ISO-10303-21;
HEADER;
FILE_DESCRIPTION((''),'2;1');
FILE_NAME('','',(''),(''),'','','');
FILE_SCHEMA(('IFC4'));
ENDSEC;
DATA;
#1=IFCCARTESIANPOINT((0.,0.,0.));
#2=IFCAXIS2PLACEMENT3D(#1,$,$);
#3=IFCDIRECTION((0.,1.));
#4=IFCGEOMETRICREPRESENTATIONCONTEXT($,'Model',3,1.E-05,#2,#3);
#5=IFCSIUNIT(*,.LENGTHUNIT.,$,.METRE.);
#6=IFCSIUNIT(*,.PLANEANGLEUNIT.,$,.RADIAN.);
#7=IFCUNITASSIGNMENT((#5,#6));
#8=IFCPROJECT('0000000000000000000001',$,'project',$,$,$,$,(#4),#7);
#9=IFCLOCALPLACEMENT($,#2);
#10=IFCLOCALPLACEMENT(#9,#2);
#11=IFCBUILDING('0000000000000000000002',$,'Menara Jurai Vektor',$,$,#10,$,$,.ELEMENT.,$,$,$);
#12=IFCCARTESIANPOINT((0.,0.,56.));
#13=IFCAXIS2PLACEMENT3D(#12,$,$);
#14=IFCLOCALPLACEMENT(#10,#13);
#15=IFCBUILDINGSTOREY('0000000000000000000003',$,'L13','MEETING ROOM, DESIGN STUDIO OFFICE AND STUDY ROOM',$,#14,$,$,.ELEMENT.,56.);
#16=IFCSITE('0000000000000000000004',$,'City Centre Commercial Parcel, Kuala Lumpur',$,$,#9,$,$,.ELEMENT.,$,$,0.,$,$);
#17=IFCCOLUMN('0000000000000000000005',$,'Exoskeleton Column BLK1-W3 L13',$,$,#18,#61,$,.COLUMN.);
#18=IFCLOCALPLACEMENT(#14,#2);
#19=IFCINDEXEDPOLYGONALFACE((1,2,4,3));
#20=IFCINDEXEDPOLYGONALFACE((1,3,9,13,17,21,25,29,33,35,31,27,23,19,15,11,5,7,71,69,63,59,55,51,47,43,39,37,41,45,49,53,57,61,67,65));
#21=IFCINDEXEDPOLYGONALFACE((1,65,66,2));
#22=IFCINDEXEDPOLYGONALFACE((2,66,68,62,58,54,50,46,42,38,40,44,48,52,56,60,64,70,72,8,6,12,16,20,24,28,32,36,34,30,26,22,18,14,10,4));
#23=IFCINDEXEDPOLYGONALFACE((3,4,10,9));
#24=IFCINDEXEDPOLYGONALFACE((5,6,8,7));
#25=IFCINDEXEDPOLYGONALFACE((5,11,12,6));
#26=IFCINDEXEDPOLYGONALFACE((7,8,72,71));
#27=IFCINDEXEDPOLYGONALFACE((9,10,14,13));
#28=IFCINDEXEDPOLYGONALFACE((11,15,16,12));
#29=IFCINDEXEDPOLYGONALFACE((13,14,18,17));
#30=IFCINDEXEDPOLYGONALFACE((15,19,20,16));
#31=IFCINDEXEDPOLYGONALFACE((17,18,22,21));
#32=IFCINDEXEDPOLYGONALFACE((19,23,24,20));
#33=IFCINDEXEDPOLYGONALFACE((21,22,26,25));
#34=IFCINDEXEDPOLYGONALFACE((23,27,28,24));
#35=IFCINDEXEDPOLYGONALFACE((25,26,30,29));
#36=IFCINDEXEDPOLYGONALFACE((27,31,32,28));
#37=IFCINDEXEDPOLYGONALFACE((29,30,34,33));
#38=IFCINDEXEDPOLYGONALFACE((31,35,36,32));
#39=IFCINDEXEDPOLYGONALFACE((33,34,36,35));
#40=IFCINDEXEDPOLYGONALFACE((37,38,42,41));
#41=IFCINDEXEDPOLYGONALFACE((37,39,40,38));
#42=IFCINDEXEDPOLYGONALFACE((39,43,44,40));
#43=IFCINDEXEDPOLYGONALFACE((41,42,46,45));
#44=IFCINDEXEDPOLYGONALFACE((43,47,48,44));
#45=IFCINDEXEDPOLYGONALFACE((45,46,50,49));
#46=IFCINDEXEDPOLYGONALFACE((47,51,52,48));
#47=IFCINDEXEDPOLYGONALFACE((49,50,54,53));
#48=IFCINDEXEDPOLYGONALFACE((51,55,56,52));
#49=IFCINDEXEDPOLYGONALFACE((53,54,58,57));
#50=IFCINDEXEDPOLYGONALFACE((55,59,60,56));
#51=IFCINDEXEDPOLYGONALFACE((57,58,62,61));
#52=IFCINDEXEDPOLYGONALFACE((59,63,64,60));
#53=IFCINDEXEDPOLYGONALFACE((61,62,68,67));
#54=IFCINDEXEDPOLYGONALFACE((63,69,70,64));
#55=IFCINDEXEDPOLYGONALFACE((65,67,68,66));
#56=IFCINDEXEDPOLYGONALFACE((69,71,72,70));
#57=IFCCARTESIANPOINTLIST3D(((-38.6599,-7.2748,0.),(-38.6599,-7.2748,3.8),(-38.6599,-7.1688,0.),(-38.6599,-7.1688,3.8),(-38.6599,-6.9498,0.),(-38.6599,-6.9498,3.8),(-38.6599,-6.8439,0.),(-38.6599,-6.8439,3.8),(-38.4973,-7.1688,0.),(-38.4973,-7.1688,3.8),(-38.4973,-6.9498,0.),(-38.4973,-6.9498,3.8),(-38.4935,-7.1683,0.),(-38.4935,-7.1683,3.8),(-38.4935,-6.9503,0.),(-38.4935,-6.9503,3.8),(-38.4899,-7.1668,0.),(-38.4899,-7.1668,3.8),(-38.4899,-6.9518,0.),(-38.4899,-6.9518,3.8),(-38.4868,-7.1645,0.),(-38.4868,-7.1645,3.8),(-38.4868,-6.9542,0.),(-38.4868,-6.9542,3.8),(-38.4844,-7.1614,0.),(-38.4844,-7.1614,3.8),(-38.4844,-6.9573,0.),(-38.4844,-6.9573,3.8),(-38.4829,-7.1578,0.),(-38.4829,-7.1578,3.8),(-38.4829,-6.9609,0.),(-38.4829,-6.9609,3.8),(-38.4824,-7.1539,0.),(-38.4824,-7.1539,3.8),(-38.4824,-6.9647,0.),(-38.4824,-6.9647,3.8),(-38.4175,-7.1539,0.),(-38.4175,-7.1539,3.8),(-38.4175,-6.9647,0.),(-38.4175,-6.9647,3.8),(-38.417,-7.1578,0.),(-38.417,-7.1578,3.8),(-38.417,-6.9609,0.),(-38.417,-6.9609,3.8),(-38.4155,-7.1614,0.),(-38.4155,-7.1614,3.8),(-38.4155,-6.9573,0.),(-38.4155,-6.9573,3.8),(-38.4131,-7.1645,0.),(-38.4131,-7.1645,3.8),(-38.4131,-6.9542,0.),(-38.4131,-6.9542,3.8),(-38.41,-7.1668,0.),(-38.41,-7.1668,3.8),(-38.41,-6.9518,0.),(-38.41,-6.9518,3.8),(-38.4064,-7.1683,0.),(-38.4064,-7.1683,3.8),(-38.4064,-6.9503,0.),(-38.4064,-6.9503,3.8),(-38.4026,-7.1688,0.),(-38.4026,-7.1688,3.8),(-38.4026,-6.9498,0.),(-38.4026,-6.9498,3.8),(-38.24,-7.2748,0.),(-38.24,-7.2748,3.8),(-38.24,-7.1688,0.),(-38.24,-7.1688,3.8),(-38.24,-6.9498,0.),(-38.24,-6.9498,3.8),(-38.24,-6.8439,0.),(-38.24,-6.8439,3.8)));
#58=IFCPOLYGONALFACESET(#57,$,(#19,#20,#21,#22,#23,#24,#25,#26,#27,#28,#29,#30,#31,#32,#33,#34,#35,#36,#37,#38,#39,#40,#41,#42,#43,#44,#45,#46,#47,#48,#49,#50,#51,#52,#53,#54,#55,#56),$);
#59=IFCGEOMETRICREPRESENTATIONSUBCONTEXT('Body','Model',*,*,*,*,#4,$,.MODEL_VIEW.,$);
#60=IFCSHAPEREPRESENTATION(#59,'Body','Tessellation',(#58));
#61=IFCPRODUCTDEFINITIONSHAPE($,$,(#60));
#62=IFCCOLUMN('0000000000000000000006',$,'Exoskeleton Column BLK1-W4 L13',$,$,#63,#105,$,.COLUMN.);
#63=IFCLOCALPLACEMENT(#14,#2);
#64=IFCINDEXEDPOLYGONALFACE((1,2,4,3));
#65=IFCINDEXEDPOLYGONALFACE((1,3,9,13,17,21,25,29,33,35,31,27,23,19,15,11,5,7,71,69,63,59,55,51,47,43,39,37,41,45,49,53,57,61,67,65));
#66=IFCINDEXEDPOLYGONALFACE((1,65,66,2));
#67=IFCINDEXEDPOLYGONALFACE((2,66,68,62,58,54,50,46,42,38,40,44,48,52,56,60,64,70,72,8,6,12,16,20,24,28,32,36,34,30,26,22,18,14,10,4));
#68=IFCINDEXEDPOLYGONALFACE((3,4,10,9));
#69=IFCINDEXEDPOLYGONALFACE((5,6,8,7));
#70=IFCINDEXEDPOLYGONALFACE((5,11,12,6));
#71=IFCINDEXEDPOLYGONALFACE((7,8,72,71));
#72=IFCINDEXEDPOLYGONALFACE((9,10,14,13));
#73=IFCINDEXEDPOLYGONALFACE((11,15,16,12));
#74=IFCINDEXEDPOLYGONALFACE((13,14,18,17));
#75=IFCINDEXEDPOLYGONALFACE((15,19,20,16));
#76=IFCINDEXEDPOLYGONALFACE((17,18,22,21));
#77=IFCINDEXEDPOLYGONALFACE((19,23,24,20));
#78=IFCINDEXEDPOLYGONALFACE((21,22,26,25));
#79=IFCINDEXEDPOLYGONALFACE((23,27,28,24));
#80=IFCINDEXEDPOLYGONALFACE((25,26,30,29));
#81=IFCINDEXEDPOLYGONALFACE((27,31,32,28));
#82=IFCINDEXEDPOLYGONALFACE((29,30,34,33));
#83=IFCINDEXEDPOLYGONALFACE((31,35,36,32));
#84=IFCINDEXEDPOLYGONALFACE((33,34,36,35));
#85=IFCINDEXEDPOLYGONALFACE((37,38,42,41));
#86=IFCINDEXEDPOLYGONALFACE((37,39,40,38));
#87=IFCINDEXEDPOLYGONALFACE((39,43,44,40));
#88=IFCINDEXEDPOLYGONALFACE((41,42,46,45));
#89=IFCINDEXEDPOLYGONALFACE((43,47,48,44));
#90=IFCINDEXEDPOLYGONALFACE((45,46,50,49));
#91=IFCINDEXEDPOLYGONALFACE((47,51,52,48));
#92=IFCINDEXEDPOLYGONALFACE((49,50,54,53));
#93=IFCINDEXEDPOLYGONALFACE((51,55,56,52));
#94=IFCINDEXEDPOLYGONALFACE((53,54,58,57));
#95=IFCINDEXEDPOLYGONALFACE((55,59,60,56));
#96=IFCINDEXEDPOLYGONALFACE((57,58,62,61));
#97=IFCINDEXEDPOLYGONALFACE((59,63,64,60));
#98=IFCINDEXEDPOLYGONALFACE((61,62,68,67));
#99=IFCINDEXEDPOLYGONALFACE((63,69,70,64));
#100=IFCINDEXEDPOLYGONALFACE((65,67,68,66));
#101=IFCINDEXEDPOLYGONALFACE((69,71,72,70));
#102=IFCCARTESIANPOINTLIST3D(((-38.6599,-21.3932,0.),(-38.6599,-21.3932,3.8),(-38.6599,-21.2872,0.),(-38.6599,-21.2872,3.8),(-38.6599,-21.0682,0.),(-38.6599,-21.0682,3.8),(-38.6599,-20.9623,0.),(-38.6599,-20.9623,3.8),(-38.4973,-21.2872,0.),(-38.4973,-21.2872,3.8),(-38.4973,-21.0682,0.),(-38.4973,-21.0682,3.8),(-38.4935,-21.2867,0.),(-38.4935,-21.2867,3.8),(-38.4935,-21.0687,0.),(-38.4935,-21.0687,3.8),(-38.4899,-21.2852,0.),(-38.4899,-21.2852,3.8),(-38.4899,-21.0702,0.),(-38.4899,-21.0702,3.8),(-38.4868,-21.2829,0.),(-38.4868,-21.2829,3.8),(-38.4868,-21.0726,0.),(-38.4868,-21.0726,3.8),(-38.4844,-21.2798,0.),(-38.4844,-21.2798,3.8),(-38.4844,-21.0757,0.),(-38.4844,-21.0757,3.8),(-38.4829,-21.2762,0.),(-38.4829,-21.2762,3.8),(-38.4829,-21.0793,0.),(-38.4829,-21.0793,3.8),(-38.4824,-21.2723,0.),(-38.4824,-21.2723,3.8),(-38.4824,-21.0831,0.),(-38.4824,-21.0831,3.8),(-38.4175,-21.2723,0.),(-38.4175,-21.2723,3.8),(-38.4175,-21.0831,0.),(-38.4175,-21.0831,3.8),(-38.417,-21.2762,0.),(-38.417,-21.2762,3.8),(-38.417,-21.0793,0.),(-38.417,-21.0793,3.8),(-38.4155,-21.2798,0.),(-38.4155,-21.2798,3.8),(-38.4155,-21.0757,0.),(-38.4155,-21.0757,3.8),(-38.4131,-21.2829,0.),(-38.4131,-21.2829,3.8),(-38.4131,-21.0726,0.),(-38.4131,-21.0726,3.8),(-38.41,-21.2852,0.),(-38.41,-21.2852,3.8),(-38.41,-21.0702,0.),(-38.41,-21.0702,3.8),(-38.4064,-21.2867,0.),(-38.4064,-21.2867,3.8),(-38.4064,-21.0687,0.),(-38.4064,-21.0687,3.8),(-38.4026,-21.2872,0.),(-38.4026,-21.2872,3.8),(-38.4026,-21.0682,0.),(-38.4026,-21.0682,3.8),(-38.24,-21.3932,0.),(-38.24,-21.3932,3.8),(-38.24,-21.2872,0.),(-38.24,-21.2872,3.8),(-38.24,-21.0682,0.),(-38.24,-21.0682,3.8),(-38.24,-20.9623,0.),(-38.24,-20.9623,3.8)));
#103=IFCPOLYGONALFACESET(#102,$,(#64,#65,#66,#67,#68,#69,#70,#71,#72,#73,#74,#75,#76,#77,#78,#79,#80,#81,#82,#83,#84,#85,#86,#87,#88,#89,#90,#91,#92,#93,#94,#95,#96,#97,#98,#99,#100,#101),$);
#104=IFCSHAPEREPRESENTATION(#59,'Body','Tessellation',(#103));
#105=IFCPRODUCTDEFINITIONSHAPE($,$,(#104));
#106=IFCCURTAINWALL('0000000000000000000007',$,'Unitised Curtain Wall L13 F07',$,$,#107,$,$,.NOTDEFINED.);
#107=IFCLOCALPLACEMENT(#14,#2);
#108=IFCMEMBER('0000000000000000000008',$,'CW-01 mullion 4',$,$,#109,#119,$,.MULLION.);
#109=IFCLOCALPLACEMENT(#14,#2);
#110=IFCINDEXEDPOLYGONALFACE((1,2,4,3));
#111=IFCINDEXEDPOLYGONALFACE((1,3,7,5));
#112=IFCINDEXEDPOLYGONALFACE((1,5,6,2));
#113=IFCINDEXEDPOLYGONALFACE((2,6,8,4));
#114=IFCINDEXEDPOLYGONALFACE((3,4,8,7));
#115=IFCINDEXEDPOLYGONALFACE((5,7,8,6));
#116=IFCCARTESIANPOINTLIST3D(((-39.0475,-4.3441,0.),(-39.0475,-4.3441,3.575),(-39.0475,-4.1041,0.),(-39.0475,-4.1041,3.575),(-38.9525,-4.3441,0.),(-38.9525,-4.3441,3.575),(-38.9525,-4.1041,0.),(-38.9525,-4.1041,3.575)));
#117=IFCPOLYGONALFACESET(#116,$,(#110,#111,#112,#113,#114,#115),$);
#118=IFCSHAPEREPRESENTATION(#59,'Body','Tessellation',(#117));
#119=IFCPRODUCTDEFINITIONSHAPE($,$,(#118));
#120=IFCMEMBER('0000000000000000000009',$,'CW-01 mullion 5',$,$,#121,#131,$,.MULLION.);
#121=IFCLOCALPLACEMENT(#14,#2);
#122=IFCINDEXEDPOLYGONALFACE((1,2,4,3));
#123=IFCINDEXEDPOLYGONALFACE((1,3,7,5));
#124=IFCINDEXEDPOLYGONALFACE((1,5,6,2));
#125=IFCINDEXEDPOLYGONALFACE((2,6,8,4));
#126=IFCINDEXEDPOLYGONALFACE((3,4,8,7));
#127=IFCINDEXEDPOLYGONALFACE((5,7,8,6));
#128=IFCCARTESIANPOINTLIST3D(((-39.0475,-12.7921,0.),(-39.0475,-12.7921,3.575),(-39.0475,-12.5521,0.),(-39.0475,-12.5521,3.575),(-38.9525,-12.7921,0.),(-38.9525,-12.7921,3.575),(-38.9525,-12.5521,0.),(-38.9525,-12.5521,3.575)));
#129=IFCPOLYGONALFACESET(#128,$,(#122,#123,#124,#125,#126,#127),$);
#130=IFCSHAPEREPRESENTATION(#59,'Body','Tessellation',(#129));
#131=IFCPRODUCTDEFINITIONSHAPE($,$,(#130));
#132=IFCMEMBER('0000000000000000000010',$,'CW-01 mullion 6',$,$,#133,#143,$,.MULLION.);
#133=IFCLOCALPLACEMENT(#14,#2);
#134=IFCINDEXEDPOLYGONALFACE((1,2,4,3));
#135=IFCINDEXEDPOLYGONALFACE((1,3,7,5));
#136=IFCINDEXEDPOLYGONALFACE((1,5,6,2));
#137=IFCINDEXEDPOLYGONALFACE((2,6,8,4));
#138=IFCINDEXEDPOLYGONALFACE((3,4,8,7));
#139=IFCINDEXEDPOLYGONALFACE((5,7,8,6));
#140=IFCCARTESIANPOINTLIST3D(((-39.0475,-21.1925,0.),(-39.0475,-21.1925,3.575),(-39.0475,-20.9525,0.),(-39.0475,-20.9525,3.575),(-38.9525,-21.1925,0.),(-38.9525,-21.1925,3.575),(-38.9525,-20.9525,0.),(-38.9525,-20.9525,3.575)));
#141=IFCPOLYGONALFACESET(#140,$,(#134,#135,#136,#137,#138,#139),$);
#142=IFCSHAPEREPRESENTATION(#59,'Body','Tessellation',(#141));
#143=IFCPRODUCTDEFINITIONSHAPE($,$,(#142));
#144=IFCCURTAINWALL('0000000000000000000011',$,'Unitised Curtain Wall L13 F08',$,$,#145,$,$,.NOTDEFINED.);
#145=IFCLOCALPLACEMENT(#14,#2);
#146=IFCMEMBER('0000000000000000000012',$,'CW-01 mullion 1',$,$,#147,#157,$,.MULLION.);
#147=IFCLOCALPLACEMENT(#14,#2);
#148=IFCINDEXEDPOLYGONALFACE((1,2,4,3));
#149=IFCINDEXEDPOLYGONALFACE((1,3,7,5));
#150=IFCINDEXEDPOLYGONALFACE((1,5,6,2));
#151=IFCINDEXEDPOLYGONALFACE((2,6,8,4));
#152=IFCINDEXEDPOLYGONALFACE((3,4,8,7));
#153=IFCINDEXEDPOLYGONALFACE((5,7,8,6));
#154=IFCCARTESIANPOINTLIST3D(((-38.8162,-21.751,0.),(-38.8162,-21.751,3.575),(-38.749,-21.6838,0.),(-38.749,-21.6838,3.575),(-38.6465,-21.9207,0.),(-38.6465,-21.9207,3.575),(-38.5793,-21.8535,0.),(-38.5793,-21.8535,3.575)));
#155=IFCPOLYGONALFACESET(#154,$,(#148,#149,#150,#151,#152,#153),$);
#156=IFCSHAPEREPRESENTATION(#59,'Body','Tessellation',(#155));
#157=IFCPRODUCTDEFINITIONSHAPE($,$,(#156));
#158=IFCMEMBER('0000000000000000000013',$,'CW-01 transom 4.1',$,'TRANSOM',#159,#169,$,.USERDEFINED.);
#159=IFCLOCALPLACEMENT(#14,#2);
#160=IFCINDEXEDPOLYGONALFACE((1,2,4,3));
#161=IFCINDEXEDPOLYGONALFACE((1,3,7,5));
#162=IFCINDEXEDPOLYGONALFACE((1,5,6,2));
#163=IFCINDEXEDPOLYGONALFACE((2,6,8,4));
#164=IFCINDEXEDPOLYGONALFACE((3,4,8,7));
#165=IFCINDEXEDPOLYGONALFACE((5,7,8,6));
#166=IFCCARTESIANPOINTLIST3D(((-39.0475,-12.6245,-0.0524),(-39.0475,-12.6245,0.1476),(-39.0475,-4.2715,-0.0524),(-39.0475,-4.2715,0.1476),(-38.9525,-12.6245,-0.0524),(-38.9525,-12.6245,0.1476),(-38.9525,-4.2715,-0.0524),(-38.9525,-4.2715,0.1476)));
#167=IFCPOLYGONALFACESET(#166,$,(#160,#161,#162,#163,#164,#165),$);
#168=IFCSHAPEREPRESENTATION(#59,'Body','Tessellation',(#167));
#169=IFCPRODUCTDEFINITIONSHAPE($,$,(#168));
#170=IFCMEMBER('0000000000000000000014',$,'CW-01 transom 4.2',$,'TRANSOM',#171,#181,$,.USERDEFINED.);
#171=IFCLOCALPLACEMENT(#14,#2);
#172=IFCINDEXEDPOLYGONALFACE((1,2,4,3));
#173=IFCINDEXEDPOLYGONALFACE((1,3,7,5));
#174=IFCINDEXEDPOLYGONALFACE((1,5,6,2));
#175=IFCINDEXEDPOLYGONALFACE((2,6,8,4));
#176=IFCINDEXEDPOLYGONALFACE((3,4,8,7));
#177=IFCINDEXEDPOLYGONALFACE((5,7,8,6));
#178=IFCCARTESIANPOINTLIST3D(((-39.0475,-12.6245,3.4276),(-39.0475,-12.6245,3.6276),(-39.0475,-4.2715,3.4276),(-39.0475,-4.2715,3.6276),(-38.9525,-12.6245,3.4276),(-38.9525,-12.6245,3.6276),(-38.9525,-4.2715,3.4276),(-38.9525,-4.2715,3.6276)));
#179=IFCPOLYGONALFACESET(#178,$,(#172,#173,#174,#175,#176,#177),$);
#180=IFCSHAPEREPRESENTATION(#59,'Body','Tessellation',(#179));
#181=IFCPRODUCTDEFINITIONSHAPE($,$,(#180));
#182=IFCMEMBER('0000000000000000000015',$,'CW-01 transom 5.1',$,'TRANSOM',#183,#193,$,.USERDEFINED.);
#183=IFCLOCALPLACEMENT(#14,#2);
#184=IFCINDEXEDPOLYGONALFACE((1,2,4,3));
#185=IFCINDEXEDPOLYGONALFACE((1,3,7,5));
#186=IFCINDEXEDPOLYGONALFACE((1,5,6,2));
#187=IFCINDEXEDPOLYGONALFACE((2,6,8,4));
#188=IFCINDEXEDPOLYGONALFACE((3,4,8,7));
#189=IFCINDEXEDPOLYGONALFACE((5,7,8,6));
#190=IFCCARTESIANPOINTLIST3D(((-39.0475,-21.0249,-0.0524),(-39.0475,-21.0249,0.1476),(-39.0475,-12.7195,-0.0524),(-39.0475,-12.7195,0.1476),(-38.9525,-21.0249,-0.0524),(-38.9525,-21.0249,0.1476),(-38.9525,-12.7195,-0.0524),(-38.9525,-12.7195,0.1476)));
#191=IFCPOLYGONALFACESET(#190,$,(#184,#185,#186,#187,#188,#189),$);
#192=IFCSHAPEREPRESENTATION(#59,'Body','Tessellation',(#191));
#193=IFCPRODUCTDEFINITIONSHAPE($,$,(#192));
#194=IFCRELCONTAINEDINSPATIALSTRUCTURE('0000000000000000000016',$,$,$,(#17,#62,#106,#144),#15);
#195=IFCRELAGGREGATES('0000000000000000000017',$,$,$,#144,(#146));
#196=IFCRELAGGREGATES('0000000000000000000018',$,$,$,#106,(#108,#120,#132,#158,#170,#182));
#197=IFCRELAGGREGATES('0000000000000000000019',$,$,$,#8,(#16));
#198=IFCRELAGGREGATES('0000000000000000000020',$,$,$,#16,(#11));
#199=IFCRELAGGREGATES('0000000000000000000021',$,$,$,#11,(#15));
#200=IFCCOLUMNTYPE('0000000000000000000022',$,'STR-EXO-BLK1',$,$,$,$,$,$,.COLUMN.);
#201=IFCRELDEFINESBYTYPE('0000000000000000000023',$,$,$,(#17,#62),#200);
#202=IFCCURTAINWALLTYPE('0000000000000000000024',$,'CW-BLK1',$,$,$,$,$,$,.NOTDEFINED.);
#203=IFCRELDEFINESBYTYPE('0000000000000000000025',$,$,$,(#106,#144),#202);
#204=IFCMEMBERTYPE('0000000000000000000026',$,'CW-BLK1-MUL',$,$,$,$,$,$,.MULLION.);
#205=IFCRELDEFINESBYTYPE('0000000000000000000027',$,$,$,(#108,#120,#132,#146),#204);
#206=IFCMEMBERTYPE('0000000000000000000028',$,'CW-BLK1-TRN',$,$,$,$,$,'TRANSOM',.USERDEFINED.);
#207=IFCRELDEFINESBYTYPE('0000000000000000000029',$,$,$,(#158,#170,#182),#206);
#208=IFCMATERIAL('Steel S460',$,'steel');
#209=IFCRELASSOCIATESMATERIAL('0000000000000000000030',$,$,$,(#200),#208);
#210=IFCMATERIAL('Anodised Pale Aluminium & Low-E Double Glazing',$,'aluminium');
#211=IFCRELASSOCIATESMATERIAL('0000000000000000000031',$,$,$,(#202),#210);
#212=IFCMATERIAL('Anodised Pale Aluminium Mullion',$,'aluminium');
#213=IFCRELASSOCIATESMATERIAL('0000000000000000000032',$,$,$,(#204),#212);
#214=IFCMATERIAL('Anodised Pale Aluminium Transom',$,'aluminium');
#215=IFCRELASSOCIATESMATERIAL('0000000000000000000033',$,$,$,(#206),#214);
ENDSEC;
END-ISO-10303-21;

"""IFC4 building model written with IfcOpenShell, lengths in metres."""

from ifc_helpers import new_model, si_unit, direction, frame, origin, origin_2d, place, context, subcontext, project, spatial, rectangle, i_section, extrude, material, material_profile, profile_set, type_object, element, aggregate, save


model = new_model("IFC4")

# Units and contexts
model_context = context("Model", 3, precision=1e-05, world=origin(), true_north=direction((0.0, 1.0)))
body_context = subcontext(model_context, "Body", "Model", "MODEL_VIEW")
ifc_project = project(units=[si_unit("LENGTHUNIT", "METRE"), si_unit("PLANEANGLEUNIT", "RADIAN")], contexts=[model_context])

# Site, building, storey
site_placement = place(None, origin())
site = spatial("IfcSite", under=ifc_project, at=site_placement, Name="City Centre Commercial Parcel, Kuala Lumpur", CompositionType="ELEMENT", RefElevation=0.0)
building_placement = place(site_placement, origin())
building = spatial("IfcBuilding", under=site, at=building_placement, Name="Menara Jurai Vektor", CompositionType="ELEMENT")
storey_placement = place(building_placement, frame((0.0, 0.0, 56.0)))
storey = spatial("IfcBuildingStorey", under=building, at=storey_placement, Name="L13", Description="MEETING ROOM, DESIGN STUDIO OFFICE AND STUDY ROOM", CompositionType="ELEMENT", Elevation=56.0)

# Columns
ifc_material_1 = material(Name="Steel S460", Category="steel")
ifc_material_profile_1 = material_profile(ifc_material_1, i_section(OverallWidth=0.4199, OverallDepth=0.4309, WebThickness=0.0649, FlangeThickness=0.106, FilletRadius=0.0149, at=origin_2d()), Name="HD 400x900")
ifc_profile_set_1 = profile_set([ifc_material_profile_1], Name="Steel S460")
column_type = type_object("IfcColumnType", Name="STR-EXO-BLK1", PredefinedType="COLUMN", material=ifc_profile_set_1)
for number, where, z_axis, x_axis, name in (
    (1, (-38.45, -7.0593, 0.0), (0.0, 0.0, 1.0), (1.0, 0.0, 0.0), "Exoskeleton Column BLK1-W3 L13"),
    (2, (-38.45, -21.1777, 0.0), (0.0, 0.0, 1.0), (1.0, 0.0, 0.0), "Exoskeleton Column BLK1-W4 L13"),
):
    element("IfcColumn", number, at=place(storey_placement, frame(where, z_axis=z_axis, x_axis=x_axis)), inside=storey, type_object=column_type, Name=name, PredefinedType="COLUMN", context=body_context, shape_type="SweptSolid", body=[
        extrude(i_section(OverallWidth=0.4199, OverallDepth=0.4309, WebThickness=0.0649, FlangeThickness=0.106, FilletRadius=0.0149, at=origin_2d()), origin(), (0.0, 0.0, 1.0), 3.8),
    ])

# Curtain wall, members
ifc_material_2 = material(Name="Anodised Pale Aluminium & Low-E Double Glazing", Category="aluminium")
curtain_wall_type = type_object("IfcCurtainWallType", Name="CW-BLK1", PredefinedType="NOTDEFINED", material=ifc_material_2)
curtain_wall_1_placement = place(storey_placement, origin())
curtain_wall_1 = element("IfcCurtainWall", 3, at=curtain_wall_1_placement, inside=storey, type_object=curtain_wall_type, Name="Unitised Curtain Wall L13 F07", PredefinedType="NOTDEFINED")
ifc_material_3 = material(Name="Anodised Pale Aluminium Mullion", Category="aluminium")
ifc_material_profile_2 = material_profile(ifc_material_3, rectangle(XDim=0.095, YDim=0.24, at=origin_2d()), Name="ALU MUL 95x240")
ifc_profile_set_2 = profile_set([ifc_material_profile_2], Name="Anodised Pale Aluminium Mullion")
member_type_1 = type_object("IfcMemberType", Name="CW-BLK1-MUL", PredefinedType="MULLION", material=ifc_profile_set_2)
member_1_placement = place(storey_placement, frame((-39.0, -4.2241, 0.0), z_axis=(0.0, 0.0, 1.0), x_axis=(1.0, 0.0, 0.0)))
member_1 = element("IfcMember", 4, at=member_1_placement, type_object=member_type_1, Name="CW-01 mullion 4", PredefinedType="MULLION", context=body_context, shape_type="SweptSolid", body=[
    extrude(rectangle(XDim=0.095, YDim=0.24, at=origin_2d()), origin(), (0.0, 0.0, 1.0), 3.575),
])
member_2_placement = place(storey_placement, frame((-39.0, -12.6721, 0.0), z_axis=(0.0, 0.0, 1.0), x_axis=(1.0, 0.0, 0.0)))
member_2 = element("IfcMember", 5, at=member_2_placement, type_object=member_type_1, Name="CW-01 mullion 5", PredefinedType="MULLION", context=body_context, shape_type="SweptSolid", body=[
    extrude(rectangle(XDim=0.095, YDim=0.24, at=origin_2d()), origin(), (0.0, 0.0, 1.0), 3.575),
])
member_3_placement = place(storey_placement, frame((-39.0, -21.0725, 0.0), z_axis=(0.0, 0.0, 1.0), x_axis=(1.0, 0.0, 0.0)))
member_3 = element("IfcMember", 6, at=member_3_placement, type_object=member_type_1, Name="CW-01 mullion 6", PredefinedType="MULLION", context=body_context, shape_type="SweptSolid", body=[
    extrude(rectangle(XDim=0.095, YDim=0.24, at=origin_2d()), origin(), (0.0, 0.0, 1.0), 3.575),
])

# Curtain wall, member
curtain_wall_2_placement = place(storey_placement, origin())
curtain_wall_2 = element("IfcCurtainWall", 7, at=curtain_wall_2_placement, inside=storey, type_object=curtain_wall_type, Name="Unitised Curtain Wall L13 F08", PredefinedType="NOTDEFINED")
member_4_placement = place(storey_placement, frame((-38.6978, -21.8022, 0.0), z_axis=(0.0, 0.0, 1.0), x_axis=(0.707107, 0.707107, 0.0)))
member_4 = element("IfcMember", 8, at=member_4_placement, type_object=member_type_1, Name="CW-01 mullion 1", PredefinedType="MULLION", context=body_context, shape_type="SweptSolid", body=[
    extrude(rectangle(XDim=0.095, YDim=0.24, at=origin_2d()), origin(), (0.0, 0.0, 1.0), 3.575),
])
aggregate(curtain_wall_2, [member_4])

# Members
ifc_material_4 = material(Name="Anodised Pale Aluminium Transom", Category="aluminium")
ifc_material_profile_3 = material_profile(ifc_material_4, rectangle(XDim=0.095, YDim=0.2, at=origin_2d()), Name="ALU TRN 95x200")
ifc_profile_set_3 = profile_set([ifc_material_profile_3], Name="Anodised Pale Aluminium Transom")
member_type_2 = type_object("IfcMemberType", Name="CW-BLK1-TRN", ElementType="TRANSOM", PredefinedType="USERDEFINED", material=ifc_profile_set_3)
member_5_placement = place(storey_placement, frame((-39.0, -4.2715, 0.0476), z_axis=(0.0, -1.0, 0.0), x_axis=(1.0, 0.0, 0.0)))
member_5 = element("IfcMember", 9, at=member_5_placement, type_object=member_type_2, Name="CW-01 transom 4.1", ObjectType="TRANSOM", PredefinedType="USERDEFINED", context=body_context, shape_type="SweptSolid", body=[
    extrude(rectangle(XDim=0.095, YDim=0.2, at=origin_2d()), origin(), (0.0, 0.0, 1.0), 8.353),
])
member_6_placement = place(storey_placement, frame((-39.0, -4.2715, 3.5276), z_axis=(0.0, -1.0, 0.0), x_axis=(1.0, 0.0, 0.0)))
member_6 = element("IfcMember", 10, at=member_6_placement, type_object=member_type_2, Name="CW-01 transom 4.2", ObjectType="TRANSOM", PredefinedType="USERDEFINED", context=body_context, shape_type="SweptSolid", body=[
    extrude(rectangle(XDim=0.095, YDim=0.2, at=origin_2d()), origin(), (0.0, 0.0, 1.0), 8.353),
])
member_7_placement = place(storey_placement, frame((-39.0, -12.7195, 0.0476), z_axis=(0.0, -1.0, 0.0), x_axis=(1.0, 0.0, 0.0)))
member_7 = element("IfcMember", 11, at=member_7_placement, type_object=member_type_2, Name="CW-01 transom 5.1", ObjectType="TRANSOM", PredefinedType="USERDEFINED", context=body_context, shape_type="SweptSolid", body=[
    extrude(rectangle(XDim=0.095, YDim=0.2, at=origin_2d()), origin(), (0.0, 0.0, 1.0), 8.3054),
])

aggregate(curtain_wall_1, [member_1, member_2, member_3, member_5, member_6, member_7])

save(model, "model.ifc")
